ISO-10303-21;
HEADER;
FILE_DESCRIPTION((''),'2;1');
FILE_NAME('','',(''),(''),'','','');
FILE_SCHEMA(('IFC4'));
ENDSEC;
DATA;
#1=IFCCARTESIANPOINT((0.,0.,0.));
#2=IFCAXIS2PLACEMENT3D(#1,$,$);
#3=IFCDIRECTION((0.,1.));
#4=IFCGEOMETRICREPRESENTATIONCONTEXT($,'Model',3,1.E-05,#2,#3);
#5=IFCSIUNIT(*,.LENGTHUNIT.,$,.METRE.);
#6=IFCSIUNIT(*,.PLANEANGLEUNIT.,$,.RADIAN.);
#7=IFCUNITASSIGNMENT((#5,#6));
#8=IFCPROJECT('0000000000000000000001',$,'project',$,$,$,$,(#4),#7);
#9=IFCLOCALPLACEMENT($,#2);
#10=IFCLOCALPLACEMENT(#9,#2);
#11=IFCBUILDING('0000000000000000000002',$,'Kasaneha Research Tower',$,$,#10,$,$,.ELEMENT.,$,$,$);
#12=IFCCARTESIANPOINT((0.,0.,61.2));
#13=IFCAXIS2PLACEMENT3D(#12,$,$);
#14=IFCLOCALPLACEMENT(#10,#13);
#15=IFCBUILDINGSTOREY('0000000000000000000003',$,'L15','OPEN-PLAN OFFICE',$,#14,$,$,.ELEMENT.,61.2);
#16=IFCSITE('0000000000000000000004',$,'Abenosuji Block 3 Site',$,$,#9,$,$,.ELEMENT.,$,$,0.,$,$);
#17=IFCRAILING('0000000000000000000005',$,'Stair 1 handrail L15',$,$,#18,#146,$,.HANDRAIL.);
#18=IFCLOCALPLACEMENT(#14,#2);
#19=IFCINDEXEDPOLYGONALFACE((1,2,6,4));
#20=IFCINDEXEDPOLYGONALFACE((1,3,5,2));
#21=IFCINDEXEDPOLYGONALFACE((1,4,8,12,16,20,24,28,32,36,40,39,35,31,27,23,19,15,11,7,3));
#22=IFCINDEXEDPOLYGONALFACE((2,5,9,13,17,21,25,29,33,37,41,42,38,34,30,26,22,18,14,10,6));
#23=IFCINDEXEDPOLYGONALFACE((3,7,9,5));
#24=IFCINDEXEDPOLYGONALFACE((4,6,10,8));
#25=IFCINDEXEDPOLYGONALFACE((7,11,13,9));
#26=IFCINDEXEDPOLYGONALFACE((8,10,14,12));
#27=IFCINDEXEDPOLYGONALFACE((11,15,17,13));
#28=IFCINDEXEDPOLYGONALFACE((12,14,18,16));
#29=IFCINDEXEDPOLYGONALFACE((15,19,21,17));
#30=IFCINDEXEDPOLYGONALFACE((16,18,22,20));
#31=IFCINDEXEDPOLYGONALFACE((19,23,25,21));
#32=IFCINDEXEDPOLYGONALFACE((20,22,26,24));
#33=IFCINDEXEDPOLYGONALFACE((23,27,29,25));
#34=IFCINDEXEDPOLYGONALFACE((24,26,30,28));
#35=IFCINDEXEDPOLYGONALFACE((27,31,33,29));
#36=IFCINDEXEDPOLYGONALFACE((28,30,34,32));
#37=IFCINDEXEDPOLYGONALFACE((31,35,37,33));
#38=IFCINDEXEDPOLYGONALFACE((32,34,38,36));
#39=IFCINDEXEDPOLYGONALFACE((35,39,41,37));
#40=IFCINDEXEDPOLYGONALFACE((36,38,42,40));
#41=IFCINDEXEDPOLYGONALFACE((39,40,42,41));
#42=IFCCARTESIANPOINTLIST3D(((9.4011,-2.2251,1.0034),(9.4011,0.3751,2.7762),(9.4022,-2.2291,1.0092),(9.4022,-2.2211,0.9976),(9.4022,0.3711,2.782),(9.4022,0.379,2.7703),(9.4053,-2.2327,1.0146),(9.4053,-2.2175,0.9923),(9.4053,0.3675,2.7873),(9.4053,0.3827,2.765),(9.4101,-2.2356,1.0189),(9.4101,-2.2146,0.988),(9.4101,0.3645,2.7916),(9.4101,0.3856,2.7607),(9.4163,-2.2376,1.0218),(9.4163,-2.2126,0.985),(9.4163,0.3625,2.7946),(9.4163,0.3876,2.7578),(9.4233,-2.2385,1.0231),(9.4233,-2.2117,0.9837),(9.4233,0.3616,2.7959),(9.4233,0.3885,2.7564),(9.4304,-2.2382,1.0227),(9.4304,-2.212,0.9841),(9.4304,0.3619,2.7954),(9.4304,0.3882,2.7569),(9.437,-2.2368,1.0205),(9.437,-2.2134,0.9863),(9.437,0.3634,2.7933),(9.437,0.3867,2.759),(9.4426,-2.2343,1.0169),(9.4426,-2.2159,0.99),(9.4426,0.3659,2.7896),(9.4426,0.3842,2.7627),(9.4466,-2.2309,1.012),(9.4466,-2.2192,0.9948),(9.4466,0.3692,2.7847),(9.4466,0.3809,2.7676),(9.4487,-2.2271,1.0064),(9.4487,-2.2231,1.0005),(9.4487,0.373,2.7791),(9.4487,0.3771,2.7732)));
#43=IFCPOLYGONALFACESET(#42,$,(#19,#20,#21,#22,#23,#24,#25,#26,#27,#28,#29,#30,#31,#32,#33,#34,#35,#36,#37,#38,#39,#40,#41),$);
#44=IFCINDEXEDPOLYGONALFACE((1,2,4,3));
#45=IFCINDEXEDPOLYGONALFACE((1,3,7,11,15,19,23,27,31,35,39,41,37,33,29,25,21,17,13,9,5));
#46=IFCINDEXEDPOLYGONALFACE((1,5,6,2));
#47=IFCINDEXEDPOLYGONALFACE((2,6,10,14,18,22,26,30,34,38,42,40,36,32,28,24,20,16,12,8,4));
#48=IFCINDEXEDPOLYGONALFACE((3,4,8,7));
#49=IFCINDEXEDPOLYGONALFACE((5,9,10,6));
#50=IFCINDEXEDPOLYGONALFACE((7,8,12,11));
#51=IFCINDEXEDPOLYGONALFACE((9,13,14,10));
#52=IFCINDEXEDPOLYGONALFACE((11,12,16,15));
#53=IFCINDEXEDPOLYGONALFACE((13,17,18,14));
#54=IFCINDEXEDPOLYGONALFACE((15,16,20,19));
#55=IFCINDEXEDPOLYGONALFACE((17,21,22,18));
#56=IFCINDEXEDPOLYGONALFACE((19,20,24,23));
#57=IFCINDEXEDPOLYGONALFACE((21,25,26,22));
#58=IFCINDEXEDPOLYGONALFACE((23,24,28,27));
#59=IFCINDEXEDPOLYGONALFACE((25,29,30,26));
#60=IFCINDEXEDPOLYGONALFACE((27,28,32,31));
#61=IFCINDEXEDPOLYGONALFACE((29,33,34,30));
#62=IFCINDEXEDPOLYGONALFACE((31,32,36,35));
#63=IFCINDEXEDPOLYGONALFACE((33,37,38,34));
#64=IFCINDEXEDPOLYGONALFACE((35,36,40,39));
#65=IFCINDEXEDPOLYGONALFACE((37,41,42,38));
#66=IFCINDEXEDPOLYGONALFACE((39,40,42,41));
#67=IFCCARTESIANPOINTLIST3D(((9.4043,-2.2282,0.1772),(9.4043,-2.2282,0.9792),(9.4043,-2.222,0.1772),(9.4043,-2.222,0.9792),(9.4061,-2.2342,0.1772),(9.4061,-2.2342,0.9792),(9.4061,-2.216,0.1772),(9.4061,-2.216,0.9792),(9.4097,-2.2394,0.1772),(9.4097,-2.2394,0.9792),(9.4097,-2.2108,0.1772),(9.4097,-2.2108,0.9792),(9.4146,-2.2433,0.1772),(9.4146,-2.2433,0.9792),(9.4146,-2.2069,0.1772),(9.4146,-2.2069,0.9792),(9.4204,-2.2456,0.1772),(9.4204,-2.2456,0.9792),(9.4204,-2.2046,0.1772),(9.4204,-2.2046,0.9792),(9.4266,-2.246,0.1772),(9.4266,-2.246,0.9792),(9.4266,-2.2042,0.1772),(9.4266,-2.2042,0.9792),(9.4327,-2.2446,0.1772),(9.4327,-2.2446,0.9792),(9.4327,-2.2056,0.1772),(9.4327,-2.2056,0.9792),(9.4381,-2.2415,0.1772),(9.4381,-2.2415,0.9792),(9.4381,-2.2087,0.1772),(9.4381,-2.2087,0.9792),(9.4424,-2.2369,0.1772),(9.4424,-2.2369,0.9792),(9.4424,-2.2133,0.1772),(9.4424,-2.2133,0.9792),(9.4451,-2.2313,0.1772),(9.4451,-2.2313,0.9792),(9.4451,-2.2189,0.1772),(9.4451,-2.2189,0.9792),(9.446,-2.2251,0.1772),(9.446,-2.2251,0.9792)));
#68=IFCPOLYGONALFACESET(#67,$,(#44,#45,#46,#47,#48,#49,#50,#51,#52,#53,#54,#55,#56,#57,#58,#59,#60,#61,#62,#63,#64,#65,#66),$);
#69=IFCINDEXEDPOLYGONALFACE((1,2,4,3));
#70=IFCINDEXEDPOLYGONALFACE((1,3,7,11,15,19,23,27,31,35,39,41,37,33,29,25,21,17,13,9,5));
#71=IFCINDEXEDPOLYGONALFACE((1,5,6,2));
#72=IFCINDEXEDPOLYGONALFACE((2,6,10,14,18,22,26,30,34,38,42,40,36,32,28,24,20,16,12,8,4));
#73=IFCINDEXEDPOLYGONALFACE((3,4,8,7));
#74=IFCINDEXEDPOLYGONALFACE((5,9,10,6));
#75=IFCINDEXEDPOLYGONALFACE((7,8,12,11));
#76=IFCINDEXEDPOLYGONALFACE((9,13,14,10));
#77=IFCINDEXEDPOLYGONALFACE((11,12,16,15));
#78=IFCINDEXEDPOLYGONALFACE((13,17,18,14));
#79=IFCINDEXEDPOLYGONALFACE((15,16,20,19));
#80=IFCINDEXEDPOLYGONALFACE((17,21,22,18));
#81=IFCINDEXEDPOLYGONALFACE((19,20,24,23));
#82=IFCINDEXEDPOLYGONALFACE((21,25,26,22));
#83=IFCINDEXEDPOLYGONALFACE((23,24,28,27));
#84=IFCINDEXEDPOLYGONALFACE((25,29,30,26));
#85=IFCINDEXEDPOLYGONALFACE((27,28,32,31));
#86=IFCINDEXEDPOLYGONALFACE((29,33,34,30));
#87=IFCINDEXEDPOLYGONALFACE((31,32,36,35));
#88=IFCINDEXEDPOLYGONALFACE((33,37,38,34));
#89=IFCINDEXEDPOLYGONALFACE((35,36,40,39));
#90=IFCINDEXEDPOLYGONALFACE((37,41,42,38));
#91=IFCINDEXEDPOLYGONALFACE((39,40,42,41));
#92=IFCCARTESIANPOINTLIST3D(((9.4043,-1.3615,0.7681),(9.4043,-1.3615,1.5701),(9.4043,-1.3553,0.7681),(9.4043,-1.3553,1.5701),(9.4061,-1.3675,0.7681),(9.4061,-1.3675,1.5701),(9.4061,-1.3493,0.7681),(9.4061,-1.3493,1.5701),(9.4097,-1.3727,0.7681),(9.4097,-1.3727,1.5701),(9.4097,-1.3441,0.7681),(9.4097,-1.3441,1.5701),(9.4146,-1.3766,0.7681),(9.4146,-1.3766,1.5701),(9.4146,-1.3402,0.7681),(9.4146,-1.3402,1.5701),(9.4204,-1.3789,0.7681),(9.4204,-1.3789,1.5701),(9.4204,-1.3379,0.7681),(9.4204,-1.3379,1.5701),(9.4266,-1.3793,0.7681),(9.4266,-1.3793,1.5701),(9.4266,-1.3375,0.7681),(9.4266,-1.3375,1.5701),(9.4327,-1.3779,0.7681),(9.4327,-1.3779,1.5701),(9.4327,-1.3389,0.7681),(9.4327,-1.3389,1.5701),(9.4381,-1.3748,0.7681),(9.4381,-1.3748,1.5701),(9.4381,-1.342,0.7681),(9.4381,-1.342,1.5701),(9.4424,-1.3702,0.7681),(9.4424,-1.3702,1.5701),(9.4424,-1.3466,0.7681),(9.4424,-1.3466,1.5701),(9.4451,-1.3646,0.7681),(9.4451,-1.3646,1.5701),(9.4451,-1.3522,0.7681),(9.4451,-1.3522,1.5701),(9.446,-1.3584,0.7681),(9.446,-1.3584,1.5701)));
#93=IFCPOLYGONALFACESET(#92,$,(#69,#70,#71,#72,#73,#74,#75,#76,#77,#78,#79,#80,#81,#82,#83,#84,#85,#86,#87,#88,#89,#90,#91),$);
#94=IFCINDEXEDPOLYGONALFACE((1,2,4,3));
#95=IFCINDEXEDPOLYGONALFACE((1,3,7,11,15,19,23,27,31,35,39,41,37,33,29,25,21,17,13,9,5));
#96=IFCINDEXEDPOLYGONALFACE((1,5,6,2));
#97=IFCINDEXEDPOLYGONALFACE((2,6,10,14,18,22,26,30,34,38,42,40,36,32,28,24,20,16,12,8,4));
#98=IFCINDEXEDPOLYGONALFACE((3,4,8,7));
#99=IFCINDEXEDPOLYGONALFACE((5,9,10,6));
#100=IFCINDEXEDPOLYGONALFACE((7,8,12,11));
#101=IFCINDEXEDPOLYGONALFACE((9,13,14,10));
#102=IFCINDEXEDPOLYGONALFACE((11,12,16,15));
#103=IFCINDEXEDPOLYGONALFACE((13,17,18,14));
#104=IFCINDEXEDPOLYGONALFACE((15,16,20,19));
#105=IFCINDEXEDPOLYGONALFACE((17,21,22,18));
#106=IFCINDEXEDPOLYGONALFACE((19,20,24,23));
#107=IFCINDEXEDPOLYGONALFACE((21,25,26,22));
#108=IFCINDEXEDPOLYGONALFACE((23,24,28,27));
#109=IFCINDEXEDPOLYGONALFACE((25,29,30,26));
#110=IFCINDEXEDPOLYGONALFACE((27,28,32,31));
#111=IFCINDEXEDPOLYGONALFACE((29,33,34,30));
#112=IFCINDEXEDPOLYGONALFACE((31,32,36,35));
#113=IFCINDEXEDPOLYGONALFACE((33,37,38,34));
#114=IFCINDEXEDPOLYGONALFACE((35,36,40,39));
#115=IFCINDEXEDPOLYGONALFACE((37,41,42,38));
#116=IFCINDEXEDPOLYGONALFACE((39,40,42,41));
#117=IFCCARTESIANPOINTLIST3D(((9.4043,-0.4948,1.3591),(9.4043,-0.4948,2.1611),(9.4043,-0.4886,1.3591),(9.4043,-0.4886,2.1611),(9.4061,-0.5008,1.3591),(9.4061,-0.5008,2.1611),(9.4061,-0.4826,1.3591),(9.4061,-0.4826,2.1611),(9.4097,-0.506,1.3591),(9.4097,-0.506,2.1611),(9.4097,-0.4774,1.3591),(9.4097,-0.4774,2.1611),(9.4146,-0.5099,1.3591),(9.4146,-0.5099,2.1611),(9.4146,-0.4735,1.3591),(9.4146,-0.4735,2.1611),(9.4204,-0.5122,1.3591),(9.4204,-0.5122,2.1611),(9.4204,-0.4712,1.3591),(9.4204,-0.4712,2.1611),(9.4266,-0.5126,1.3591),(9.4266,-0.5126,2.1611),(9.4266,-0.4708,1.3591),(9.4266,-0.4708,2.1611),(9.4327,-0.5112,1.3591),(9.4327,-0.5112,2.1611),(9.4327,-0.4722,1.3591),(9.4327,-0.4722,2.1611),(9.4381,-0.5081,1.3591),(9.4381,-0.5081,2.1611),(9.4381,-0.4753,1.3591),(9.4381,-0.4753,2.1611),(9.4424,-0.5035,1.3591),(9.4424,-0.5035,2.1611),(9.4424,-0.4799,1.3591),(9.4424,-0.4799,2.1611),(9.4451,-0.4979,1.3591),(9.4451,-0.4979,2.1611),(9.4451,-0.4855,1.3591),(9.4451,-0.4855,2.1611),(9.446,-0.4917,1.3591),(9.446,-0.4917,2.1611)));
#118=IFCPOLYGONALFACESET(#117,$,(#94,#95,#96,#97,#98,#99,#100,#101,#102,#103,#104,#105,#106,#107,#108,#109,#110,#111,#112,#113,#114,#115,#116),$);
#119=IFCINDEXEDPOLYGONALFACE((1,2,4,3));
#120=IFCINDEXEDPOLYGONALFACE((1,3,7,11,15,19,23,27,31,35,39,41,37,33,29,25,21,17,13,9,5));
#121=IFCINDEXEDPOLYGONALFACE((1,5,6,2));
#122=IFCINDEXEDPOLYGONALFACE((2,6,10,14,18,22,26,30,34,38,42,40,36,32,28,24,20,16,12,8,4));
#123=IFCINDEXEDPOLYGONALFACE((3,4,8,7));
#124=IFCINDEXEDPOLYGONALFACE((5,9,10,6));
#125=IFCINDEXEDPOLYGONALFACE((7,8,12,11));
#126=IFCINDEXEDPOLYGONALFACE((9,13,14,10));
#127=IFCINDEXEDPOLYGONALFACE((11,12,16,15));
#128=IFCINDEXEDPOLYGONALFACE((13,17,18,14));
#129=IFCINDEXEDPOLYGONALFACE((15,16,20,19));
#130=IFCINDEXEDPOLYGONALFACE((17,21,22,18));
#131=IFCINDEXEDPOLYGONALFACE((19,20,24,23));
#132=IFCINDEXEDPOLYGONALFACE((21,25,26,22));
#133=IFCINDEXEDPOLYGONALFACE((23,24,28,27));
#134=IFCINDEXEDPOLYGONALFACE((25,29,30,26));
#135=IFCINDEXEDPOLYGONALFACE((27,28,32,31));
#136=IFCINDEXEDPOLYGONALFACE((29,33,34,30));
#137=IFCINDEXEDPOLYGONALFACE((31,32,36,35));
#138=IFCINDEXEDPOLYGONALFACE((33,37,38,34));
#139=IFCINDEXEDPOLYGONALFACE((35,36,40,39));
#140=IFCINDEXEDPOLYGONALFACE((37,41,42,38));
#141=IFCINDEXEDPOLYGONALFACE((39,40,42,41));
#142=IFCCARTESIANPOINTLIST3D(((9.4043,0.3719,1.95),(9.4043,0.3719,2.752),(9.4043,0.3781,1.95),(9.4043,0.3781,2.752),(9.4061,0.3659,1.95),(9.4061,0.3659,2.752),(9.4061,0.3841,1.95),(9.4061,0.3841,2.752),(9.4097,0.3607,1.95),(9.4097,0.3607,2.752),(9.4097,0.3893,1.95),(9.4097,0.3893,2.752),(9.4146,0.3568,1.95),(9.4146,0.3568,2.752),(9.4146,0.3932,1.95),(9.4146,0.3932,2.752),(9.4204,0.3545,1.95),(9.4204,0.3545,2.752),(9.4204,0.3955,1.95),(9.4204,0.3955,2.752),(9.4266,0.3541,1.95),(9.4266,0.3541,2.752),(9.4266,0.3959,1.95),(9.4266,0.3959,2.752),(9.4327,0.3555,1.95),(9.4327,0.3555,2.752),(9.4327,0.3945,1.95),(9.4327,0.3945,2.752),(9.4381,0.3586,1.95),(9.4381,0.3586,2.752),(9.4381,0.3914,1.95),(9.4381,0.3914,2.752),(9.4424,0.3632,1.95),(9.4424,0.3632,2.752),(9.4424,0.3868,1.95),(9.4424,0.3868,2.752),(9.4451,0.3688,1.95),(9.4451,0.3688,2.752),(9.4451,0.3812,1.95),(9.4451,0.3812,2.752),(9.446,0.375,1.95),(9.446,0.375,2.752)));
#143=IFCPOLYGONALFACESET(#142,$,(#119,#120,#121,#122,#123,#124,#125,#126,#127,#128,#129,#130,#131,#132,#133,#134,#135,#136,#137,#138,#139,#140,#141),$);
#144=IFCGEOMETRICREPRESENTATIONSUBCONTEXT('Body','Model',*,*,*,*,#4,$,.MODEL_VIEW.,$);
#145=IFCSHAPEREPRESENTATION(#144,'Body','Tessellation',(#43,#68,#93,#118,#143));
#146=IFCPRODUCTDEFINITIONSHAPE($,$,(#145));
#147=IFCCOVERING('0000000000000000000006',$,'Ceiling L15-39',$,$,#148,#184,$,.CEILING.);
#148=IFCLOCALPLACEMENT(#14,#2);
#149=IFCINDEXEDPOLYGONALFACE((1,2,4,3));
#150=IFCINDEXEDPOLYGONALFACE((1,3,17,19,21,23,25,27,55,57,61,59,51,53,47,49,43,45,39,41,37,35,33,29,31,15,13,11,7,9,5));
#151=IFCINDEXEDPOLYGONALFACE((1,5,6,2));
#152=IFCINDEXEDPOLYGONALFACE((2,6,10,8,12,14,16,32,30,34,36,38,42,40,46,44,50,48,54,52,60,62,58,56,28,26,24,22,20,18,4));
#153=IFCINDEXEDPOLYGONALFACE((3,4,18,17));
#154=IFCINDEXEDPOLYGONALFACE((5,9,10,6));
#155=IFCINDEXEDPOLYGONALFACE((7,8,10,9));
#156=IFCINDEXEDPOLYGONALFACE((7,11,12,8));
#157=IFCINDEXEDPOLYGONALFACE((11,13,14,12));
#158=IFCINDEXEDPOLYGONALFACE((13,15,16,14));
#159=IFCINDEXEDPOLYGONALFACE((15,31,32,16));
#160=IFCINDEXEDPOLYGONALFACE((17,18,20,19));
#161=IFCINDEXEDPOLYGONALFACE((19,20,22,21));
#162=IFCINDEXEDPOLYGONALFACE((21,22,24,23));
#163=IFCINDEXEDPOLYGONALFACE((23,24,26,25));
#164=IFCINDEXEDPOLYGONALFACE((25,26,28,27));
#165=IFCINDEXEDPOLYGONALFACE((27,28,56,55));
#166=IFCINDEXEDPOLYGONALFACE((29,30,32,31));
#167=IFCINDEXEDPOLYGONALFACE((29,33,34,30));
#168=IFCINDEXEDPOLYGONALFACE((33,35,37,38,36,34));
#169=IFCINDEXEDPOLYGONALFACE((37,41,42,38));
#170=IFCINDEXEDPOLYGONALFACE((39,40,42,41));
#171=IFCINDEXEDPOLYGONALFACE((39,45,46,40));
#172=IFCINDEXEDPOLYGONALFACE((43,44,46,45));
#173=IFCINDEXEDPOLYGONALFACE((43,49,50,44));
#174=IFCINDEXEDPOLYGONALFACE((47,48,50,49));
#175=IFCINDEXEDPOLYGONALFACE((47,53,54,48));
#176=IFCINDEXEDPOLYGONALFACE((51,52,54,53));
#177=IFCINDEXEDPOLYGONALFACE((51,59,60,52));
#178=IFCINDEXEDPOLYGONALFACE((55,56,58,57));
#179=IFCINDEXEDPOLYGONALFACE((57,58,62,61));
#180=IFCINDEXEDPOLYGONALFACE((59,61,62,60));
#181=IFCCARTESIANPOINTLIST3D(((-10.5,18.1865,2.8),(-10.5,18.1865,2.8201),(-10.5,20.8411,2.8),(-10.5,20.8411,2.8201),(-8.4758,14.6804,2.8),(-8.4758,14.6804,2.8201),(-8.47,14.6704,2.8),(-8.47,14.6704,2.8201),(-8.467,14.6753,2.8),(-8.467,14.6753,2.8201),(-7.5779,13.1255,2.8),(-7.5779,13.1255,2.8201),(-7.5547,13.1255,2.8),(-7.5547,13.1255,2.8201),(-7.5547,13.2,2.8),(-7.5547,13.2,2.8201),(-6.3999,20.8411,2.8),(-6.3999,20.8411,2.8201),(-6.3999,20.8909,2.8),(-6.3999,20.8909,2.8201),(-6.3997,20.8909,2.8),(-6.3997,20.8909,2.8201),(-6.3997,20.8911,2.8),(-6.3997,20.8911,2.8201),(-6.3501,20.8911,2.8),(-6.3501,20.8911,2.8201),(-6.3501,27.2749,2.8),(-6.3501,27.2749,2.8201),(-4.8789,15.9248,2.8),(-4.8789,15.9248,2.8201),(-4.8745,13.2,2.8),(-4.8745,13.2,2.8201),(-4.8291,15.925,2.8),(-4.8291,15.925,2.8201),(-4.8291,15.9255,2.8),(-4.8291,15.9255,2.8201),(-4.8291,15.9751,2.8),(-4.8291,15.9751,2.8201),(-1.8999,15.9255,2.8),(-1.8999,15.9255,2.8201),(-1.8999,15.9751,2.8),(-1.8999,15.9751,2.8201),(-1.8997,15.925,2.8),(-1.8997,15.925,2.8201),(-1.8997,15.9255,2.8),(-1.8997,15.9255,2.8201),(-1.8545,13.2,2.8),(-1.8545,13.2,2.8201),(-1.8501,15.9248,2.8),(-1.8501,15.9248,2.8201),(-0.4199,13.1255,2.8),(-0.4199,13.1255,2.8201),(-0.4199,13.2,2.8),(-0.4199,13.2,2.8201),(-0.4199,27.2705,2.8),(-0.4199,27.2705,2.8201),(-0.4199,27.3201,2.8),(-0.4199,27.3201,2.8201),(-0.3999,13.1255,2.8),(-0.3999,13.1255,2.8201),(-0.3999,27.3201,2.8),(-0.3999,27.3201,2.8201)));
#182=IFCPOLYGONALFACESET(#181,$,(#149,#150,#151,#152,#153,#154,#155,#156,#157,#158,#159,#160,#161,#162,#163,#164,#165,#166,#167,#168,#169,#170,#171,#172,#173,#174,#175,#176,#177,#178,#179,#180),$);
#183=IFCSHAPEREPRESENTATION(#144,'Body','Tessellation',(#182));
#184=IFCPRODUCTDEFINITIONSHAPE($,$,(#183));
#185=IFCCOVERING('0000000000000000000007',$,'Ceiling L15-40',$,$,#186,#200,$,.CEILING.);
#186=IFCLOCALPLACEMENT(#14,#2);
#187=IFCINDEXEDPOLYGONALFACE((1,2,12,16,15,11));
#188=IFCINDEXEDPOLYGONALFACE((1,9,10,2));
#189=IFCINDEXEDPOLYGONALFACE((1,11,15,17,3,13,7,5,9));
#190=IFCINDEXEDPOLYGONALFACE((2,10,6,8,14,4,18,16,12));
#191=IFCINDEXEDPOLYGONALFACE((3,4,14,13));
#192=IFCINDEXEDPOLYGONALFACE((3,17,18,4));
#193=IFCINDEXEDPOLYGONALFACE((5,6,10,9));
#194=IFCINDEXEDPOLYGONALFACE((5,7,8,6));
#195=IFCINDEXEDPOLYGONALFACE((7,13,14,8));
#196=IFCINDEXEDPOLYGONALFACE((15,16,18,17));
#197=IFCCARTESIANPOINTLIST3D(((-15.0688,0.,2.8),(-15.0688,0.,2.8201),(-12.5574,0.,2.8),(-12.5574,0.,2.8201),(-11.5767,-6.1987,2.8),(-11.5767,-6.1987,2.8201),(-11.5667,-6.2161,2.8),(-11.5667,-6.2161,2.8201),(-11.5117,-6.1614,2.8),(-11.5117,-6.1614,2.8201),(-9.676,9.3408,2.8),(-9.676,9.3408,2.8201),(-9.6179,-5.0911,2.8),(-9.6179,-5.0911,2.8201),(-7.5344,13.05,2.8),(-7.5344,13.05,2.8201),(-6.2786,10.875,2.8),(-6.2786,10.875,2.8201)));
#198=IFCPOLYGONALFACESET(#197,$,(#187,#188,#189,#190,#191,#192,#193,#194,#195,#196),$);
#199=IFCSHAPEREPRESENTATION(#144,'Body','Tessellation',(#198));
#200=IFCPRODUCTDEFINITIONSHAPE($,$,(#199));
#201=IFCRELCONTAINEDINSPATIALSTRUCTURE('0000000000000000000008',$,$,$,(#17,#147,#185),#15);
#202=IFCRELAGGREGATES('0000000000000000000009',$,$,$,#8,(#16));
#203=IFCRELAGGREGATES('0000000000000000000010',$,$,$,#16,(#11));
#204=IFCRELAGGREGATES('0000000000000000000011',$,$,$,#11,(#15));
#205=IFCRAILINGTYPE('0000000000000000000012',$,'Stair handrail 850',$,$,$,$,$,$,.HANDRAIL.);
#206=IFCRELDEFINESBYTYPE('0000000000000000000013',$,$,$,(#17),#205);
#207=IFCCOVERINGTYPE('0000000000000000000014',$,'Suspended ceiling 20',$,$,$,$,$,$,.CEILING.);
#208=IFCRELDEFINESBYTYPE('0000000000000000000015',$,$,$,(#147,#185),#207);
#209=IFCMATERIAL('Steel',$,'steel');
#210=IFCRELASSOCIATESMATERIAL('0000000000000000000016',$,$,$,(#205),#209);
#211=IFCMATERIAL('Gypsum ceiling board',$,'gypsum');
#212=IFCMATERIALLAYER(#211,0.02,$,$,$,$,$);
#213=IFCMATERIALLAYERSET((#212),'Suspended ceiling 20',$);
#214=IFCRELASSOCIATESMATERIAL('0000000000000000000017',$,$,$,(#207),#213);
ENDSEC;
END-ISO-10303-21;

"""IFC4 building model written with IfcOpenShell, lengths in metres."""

from ifc_helpers import new_model, si_unit, direction, frame, origin, origin_2d, place, context, subcontext, project, spatial, polyline, circle, outline, extrude, material, layer, layer_set, type_object, element, save


model = new_model("IFC4")

# Units and contexts
model_context = context("Model", 3, precision=1e-05, world=origin(), true_north=direction((0.0, 1.0)))
body_context = subcontext(model_context, "Body", "Model", "MODEL_VIEW")
ifc_project = project(units=[si_unit("LENGTHUNIT", "METRE"), si_unit("PLANEANGLEUNIT", "RADIAN")], contexts=[model_context])

# Site, building, storey
site_placement = place(None, origin())
site = spatial("IfcSite", under=ifc_project, at=site_placement, Name="Abenosuji Block 3 Site", CompositionType="ELEMENT", RefElevation=0.0)
building_placement = place(site_placement, origin())
building = spatial("IfcBuilding", under=site, at=building_placement, Name="Kasaneha Research Tower", CompositionType="ELEMENT")
storey_placement = place(building_placement, frame((0.0, 0.0, 61.2)))
storey = spatial("IfcBuildingStorey", under=building, at=storey_placement, Name="L15", Description="OPEN-PLAN OFFICE", CompositionType="ELEMENT", Elevation=61.2)

# Railing
ifc_material_1 = material(Name="Steel", Category="steel")
railing_type = type_object("IfcRailingType", Name="Stair handrail 850", PredefinedType="HANDRAIL", material=ifc_material_1)
railing_placement = place(storey_placement, frame((9.425, -2.2251, 0.1772)))
element("IfcRailing", 1, at=railing_placement, inside=storey, type_object=railing_type, Name="Stair 1 handrail L15", PredefinedType="HANDRAIL", context=body_context, shape_type="SweptSolid", body=[
    extrude(circle(Radius=0.0239, at=origin_2d()), frame((0.0, 0.0, 0.8262), z_axis=(0.0, 0.82624, 0.563318), x_axis=(-1.0, 0.0, 0.0)), (0.0, 0.0, 1.0), 3.147),
    extrude(circle(Radius=0.021, at=origin_2d()), origin(), (0.0, 0.0, 1.0), 0.802),
    extrude(circle(Radius=0.021, at=origin_2d()), frame((0.0, 0.8667, 0.5908)), (0.0, 0.0, 1.0), 0.802),
    extrude(circle(Radius=0.021, at=origin_2d()), frame((0.0, 1.7334, 1.1819)), (0.0, 0.0, 1.0), 0.802),
    extrude(circle(Radius=0.021, at=origin_2d()), frame((0.0, 2.6001, 1.7727)), (0.0, 0.0, 1.0), 0.802),
])

# Coverings
ifc_material_2 = material(Name="Gypsum ceiling board", Category="gypsum")
ifc_layer_1 = layer(ifc_material_2, 0.02)
ifc_layer_set_1 = layer_set([ifc_layer_1], Name="Suspended ceiling 20")
covering_type = type_object("IfcCoveringType", Name="Suspended ceiling 20", PredefinedType="CEILING", material=ifc_layer_set_1)
covering_1_placement = place(storey_placement, frame((0.0, 0.0, 2.8)))
element("IfcCovering", 2, at=covering_1_placement, inside=storey, type_object=covering_type, Name="Ceiling L15-39", PredefinedType="CEILING", context=body_context, shape_type="SweptSolid", body=[
    extrude(outline(polyline([(-1.8997, 15.9255), (-1.8999, 15.9255), (-1.8999, 15.9751), (-4.8291, 15.9751), (-4.8291, 15.9255), (-4.8291, 15.925), (-4.8789, 15.9248), (-4.8745, 13.2), (-7.5547, 13.2), (-7.5547, 13.1255), (-7.5779, 13.1255), (-8.47, 14.6704), (-8.467, 14.6753), (-8.4758, 14.6804), (-10.5, 18.1865), (-10.5, 20.8411), (-6.3999, 20.8411), (-6.3999, 20.8909), (-6.3997, 20.8909), (-6.3997, 20.8911), (-6.3501, 20.8911), (-6.3501, 27.2749), (-0.4199, 27.2705), (-0.4199, 27.3201), (-0.3999, 27.3201), (-0.3999, 13.1255), (-0.4199, 13.1255), (-0.4199, 13.2), (-1.8545, 13.2), (-1.8501, 15.9248), (-1.8997, 15.925), (-1.8997, 15.9255)])), origin(), (0.0, 0.0, 1.0), 0.02),
])
covering_2_placement = place(storey_placement, frame((0.0, 0.0, 2.8)))
element("IfcCovering", 3, at=covering_2_placement, inside=storey, type_object=covering_type, Name="Ceiling L15-40", PredefinedType="CEILING", context=body_context, shape_type="SweptSolid", body=[
    extrude(outline(polyline([(-12.5574, 0.0), (-9.6179, -5.0911), (-11.5667, -6.2161), (-11.5767, -6.1987), (-11.5117, -6.1614), (-15.0688, 0.0), (-9.676, 9.3408), (-9.676, 9.3408), (-7.5344, 13.05), (-7.5344, 13.05), (-6.2786, 10.875), (-12.5574, 0.0)])), origin(), (0.0, 0.0, 1.0), 0.02),
])

save(model, "model.ifc")
